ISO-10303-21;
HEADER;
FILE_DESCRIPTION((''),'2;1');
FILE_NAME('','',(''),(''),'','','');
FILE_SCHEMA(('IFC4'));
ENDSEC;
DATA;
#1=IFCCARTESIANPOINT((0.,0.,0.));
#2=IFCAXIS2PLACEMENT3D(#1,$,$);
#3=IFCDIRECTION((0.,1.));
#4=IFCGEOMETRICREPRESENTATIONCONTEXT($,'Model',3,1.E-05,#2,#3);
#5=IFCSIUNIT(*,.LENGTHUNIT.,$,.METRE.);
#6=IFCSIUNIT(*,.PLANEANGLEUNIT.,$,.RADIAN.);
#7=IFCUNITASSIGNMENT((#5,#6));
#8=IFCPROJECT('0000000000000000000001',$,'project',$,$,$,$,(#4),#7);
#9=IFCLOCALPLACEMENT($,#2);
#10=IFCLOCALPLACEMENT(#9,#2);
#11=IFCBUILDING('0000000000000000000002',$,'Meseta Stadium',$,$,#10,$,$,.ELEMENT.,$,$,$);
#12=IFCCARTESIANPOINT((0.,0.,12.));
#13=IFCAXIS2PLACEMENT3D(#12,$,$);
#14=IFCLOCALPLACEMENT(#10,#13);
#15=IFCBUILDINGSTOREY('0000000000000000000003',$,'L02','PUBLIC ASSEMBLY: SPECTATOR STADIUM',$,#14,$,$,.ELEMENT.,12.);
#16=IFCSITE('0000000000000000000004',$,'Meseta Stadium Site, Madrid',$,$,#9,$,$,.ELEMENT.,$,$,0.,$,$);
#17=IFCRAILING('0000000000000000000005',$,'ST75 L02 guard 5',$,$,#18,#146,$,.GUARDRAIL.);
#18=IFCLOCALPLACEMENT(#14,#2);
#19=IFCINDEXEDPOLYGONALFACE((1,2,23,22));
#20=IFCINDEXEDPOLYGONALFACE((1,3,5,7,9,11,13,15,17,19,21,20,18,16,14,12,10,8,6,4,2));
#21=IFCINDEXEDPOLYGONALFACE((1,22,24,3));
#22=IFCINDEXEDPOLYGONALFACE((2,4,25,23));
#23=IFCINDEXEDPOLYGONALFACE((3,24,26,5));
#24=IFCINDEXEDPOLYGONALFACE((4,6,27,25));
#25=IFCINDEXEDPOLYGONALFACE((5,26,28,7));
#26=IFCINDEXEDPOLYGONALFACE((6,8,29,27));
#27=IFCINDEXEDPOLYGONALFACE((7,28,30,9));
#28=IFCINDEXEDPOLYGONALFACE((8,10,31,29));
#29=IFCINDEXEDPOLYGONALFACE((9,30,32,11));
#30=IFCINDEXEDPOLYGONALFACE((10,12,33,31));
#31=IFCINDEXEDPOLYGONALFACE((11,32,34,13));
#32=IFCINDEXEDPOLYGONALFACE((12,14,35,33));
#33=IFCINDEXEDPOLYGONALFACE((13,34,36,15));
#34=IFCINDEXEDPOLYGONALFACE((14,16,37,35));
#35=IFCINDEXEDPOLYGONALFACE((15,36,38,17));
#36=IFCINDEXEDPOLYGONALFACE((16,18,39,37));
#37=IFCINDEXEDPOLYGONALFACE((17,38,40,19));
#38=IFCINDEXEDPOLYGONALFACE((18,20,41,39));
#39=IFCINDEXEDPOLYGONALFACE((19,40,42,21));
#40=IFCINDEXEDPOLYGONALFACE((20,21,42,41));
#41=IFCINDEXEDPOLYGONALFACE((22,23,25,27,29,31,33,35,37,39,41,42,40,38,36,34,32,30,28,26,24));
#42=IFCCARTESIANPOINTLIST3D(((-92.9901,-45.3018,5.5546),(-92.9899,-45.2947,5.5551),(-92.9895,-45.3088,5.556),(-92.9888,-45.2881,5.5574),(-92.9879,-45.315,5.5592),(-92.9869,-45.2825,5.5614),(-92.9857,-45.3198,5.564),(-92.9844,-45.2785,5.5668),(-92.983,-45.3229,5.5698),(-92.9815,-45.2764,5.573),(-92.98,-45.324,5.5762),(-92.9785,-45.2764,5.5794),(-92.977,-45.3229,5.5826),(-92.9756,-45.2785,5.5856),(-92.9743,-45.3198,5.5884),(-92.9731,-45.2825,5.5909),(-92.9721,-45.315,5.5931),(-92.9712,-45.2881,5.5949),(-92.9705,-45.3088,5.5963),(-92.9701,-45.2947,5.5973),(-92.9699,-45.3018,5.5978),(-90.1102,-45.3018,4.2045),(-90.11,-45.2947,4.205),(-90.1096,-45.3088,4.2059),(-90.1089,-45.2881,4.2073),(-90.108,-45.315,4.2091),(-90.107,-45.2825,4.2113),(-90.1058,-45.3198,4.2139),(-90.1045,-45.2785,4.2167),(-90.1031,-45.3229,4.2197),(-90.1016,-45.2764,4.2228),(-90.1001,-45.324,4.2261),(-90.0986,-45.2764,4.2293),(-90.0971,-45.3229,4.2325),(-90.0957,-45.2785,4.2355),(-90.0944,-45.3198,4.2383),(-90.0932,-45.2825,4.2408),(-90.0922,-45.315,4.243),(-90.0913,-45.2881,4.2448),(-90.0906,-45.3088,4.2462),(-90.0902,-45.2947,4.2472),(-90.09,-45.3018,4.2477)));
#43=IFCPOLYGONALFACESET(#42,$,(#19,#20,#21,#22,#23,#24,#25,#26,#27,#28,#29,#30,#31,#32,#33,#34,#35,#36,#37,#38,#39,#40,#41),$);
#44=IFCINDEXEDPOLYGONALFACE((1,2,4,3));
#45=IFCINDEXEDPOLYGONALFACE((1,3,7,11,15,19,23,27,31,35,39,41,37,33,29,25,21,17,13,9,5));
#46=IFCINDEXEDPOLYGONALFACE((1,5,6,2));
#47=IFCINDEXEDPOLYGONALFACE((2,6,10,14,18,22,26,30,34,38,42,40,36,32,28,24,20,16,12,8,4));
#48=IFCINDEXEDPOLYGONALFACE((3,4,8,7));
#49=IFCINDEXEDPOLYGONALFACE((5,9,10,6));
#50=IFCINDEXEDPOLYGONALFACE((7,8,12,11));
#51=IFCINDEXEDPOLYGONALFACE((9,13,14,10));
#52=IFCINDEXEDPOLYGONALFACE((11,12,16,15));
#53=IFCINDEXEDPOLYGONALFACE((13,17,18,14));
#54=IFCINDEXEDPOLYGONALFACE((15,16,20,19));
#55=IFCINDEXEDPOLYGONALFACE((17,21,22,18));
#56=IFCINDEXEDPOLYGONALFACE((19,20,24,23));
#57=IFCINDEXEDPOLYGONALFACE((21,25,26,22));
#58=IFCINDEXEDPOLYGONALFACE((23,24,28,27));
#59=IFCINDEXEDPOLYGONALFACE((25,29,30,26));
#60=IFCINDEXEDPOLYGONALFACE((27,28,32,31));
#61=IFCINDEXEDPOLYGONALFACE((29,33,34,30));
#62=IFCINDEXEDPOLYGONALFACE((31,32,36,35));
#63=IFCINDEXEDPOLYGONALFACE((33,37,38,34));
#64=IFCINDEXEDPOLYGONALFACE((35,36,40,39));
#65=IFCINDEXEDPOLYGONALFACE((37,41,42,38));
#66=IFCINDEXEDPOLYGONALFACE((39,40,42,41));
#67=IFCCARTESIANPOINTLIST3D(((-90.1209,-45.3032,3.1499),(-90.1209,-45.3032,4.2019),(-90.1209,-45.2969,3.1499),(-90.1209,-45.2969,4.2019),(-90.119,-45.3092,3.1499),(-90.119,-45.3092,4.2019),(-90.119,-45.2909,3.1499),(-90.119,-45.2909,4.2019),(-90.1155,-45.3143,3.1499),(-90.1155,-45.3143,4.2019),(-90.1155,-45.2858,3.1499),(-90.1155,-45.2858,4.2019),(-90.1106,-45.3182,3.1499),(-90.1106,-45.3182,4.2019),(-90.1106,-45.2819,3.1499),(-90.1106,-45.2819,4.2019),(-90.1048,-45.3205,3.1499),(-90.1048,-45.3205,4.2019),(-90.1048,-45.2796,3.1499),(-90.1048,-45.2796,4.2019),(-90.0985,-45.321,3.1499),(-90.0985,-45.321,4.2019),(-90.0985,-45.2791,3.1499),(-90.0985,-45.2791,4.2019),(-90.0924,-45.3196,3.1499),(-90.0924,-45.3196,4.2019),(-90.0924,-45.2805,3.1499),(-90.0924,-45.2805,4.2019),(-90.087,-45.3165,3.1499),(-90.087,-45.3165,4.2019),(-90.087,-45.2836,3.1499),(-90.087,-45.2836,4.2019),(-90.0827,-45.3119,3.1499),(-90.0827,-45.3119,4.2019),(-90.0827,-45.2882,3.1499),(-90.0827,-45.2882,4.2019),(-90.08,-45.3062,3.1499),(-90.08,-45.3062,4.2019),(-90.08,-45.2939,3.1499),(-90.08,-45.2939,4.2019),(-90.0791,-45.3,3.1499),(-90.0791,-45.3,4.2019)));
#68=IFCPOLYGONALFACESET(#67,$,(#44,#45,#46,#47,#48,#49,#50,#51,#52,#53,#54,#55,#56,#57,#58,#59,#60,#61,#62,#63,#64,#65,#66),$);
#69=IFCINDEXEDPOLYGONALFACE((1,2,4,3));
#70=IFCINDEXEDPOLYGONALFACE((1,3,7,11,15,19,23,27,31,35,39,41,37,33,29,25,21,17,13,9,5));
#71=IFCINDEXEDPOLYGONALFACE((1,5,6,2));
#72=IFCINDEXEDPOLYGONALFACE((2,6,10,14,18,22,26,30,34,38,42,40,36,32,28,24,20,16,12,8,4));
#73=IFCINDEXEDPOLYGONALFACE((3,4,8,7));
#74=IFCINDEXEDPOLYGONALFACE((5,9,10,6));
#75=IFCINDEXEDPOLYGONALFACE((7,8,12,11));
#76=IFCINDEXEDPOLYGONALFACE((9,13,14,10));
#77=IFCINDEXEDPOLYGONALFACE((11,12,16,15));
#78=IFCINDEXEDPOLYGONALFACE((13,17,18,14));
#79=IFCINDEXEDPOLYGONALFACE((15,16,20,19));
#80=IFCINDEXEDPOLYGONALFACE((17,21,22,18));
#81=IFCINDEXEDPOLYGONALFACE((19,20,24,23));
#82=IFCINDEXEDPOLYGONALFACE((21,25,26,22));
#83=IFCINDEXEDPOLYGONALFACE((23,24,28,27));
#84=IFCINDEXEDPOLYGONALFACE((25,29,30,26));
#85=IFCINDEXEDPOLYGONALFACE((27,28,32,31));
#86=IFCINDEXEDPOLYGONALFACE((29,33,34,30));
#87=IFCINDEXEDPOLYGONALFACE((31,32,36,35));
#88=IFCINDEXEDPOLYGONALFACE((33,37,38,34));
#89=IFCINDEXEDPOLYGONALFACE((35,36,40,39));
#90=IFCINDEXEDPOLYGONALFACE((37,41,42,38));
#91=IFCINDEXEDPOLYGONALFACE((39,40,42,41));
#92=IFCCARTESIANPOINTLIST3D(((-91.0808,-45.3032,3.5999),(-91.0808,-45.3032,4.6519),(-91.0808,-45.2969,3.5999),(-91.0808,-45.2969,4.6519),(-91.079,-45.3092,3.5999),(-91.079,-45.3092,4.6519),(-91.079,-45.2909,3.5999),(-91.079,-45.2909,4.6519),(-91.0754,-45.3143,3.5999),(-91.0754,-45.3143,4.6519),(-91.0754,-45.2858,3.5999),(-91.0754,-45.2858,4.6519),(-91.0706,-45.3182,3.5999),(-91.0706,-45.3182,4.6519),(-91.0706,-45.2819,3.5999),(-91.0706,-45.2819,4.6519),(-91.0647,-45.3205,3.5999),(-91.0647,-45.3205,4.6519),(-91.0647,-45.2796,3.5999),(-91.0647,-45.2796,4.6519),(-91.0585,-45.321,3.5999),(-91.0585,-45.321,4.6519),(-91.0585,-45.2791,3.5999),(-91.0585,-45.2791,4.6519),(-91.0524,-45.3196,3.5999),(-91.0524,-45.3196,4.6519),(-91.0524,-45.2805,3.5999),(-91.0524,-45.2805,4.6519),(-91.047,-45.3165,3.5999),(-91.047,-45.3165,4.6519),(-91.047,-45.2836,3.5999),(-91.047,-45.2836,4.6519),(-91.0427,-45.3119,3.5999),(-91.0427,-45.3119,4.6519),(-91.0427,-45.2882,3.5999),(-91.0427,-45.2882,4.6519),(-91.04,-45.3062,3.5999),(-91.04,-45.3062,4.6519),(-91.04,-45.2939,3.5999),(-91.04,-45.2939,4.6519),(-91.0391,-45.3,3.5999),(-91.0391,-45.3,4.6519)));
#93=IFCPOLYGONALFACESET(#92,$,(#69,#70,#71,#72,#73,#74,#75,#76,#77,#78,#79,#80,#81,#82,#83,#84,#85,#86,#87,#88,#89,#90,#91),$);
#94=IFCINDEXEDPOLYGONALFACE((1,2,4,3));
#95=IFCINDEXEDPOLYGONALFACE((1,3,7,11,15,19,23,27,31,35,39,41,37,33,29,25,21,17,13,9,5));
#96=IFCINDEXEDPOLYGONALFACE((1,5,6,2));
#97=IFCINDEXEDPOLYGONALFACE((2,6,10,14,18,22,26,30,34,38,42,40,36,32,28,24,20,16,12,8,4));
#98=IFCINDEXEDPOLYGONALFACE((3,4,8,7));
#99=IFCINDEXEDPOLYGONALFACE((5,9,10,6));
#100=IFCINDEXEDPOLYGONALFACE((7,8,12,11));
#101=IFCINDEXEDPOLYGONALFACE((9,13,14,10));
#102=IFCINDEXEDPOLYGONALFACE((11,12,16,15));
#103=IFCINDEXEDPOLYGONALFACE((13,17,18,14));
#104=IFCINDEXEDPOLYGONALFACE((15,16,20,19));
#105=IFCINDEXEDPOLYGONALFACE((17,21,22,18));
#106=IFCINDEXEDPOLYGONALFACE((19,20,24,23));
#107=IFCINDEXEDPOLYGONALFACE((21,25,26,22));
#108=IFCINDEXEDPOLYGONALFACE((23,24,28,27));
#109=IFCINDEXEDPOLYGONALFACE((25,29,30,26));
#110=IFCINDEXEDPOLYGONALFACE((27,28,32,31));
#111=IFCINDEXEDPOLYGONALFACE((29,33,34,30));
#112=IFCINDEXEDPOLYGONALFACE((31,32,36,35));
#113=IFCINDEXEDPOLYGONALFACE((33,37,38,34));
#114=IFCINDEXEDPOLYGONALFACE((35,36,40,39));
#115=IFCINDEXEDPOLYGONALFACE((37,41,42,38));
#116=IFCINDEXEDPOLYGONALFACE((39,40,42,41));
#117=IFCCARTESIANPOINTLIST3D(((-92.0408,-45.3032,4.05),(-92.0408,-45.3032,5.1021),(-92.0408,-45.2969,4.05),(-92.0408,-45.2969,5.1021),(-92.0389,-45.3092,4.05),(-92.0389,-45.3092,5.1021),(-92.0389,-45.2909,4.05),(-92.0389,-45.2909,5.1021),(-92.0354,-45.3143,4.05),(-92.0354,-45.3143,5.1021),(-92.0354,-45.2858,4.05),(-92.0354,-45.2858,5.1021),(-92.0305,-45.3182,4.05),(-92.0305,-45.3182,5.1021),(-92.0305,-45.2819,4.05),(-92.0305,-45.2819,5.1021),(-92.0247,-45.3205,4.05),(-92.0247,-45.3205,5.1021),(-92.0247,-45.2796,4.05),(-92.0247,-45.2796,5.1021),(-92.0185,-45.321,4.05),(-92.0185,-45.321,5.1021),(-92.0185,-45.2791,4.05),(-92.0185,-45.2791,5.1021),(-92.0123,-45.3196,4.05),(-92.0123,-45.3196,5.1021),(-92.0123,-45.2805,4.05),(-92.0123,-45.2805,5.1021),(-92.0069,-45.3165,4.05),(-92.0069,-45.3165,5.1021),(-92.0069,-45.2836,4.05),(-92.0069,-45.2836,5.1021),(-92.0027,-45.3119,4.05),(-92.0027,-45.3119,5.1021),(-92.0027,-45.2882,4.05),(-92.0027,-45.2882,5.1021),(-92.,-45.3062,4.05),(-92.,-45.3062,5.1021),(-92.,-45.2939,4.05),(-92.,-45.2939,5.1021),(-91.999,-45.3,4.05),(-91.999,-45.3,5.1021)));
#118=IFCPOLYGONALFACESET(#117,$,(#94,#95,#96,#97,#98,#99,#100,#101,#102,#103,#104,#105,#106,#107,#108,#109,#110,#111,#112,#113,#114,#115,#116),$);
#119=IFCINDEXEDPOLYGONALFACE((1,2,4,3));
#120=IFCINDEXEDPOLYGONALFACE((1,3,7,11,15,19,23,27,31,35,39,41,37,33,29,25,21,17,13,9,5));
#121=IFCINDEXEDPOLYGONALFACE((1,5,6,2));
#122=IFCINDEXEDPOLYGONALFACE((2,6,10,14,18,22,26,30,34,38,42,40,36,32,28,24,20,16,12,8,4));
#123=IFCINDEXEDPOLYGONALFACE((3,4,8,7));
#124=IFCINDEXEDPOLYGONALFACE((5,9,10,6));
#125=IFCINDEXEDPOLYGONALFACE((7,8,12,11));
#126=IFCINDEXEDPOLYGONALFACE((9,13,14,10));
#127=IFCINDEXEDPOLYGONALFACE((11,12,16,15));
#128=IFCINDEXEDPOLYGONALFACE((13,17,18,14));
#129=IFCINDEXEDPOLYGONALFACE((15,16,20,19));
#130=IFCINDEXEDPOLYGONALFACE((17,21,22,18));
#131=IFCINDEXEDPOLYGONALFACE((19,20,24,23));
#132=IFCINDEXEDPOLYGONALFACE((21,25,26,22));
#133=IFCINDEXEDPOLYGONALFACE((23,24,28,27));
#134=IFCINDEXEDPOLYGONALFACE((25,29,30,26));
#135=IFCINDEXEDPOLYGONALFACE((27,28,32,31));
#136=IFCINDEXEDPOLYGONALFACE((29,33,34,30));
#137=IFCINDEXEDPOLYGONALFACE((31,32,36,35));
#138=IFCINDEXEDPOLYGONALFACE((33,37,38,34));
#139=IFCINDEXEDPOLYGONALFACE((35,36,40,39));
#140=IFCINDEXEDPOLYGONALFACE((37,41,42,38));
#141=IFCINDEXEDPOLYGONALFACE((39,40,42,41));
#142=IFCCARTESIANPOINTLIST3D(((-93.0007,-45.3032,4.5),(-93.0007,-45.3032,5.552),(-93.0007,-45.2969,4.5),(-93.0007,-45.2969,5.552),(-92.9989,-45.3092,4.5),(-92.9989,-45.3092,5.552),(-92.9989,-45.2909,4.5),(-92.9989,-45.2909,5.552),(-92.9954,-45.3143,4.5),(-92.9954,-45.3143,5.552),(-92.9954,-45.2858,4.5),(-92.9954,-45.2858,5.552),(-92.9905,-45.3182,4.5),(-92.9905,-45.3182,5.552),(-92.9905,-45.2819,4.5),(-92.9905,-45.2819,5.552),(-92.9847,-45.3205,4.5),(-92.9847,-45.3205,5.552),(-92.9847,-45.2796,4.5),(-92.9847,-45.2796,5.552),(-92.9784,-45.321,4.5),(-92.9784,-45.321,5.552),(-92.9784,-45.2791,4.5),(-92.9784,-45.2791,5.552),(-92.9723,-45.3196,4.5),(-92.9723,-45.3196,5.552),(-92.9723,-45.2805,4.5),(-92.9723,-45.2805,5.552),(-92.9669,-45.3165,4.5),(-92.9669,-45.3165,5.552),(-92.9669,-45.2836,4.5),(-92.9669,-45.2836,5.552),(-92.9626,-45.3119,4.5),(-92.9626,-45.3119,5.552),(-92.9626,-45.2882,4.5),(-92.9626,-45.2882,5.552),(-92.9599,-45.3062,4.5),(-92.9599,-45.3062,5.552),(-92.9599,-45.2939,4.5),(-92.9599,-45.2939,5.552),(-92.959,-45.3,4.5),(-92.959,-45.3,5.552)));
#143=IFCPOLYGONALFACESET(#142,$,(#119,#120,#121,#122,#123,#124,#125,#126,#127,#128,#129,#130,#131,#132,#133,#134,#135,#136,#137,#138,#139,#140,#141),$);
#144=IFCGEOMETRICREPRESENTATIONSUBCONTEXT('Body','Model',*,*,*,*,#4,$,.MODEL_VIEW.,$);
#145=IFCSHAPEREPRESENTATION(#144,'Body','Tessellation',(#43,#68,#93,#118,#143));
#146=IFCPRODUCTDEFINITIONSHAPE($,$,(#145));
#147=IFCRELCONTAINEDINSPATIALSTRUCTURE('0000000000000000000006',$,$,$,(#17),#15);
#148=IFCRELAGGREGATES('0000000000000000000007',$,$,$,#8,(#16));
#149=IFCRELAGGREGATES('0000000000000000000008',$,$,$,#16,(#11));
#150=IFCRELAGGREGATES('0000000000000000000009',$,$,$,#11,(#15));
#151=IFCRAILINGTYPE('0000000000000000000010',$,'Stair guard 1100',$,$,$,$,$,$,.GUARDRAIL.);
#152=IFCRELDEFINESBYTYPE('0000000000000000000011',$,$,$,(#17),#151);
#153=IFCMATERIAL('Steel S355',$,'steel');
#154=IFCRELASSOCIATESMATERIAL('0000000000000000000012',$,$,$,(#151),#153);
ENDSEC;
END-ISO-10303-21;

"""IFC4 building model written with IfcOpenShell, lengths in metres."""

from ifc_helpers import new_model, si_unit, direction, frame, origin, origin_2d, place, context, subcontext, project, spatial, circle, extrude, material, type_object, element, save


model = new_model("IFC4")

# Units and contexts
model_context = context("Model", 3, precision=1e-05, world=origin(), true_north=direction((0.0, 1.0)))
body_context = subcontext(model_context, "Body", "Model", "MODEL_VIEW")
ifc_project = project(units=[si_unit("LENGTHUNIT", "METRE"), si_unit("PLANEANGLEUNIT", "RADIAN")], contexts=[model_context])

# Site, building, storey
site_placement = place(None, origin())
site = spatial("IfcSite", under=ifc_project, at=site_placement, Name="Meseta Stadium Site, Madrid", CompositionType="ELEMENT", RefElevation=0.0)
building_placement = place(site_placement, origin())
building = spatial("IfcBuilding", under=site, at=building_placement, Name="Meseta Stadium", CompositionType="ELEMENT")
storey_placement = place(building_placement, frame((0.0, 0.0, 12.0)))
storey = spatial("IfcBuildingStorey", under=building, at=storey_placement, Name="L02", Description="PUBLIC ASSEMBLY: SPECTATOR STADIUM", CompositionType="ELEMENT", Elevation=12.0)

# Railing
ifc_material_1 = material(Name="Steel S355", Category="steel")
railing_type_1 = type_object("IfcRailingType", Name="Stair guard 1100", PredefinedType="GUARDRAIL", material=ifc_material_1)
railing_1_placement = place(storey_placement, frame((-90.1001, -45.3, 3.1499)))
element("IfcRailing", 1, at=railing_1_placement, inside=storey, type_object=railing_type_1, Name="ST75 L02 guard 5", PredefinedType="GUARDRAIL", context=body_context, shape_type="SweptSolid", body=[
    extrude(circle(Radius=0.0239, at=origin_2d()), frame((0.0, 0.0, 1.0762), z_axis=(-0.90544, 0.0, 0.424473), x_axis=(0.0, -1.0, 0.0)), (0.0, 0.0, 1.0), 3.1807),
    extrude(circle(Radius=0.021, at=origin_2d()), origin(), (0.0, 0.0, 1.0), 1.052),
    extrude(circle(Radius=0.021, at=origin_2d()), frame((-0.96, 0.0, 0.45)), (0.0, 0.0, 1.0), 1.052),
    extrude(circle(Radius=0.021, at=origin_2d()), frame((-1.9199, 0.0, 0.9001)), (0.0, 0.0, 1.0), 1.052),
    extrude(circle(Radius=0.021, at=origin_2d()), frame((-2.8799, 0.0, 1.3501)), (0.0, 0.0, 1.0), 1.052),
])

save(model, "model.ifc")
